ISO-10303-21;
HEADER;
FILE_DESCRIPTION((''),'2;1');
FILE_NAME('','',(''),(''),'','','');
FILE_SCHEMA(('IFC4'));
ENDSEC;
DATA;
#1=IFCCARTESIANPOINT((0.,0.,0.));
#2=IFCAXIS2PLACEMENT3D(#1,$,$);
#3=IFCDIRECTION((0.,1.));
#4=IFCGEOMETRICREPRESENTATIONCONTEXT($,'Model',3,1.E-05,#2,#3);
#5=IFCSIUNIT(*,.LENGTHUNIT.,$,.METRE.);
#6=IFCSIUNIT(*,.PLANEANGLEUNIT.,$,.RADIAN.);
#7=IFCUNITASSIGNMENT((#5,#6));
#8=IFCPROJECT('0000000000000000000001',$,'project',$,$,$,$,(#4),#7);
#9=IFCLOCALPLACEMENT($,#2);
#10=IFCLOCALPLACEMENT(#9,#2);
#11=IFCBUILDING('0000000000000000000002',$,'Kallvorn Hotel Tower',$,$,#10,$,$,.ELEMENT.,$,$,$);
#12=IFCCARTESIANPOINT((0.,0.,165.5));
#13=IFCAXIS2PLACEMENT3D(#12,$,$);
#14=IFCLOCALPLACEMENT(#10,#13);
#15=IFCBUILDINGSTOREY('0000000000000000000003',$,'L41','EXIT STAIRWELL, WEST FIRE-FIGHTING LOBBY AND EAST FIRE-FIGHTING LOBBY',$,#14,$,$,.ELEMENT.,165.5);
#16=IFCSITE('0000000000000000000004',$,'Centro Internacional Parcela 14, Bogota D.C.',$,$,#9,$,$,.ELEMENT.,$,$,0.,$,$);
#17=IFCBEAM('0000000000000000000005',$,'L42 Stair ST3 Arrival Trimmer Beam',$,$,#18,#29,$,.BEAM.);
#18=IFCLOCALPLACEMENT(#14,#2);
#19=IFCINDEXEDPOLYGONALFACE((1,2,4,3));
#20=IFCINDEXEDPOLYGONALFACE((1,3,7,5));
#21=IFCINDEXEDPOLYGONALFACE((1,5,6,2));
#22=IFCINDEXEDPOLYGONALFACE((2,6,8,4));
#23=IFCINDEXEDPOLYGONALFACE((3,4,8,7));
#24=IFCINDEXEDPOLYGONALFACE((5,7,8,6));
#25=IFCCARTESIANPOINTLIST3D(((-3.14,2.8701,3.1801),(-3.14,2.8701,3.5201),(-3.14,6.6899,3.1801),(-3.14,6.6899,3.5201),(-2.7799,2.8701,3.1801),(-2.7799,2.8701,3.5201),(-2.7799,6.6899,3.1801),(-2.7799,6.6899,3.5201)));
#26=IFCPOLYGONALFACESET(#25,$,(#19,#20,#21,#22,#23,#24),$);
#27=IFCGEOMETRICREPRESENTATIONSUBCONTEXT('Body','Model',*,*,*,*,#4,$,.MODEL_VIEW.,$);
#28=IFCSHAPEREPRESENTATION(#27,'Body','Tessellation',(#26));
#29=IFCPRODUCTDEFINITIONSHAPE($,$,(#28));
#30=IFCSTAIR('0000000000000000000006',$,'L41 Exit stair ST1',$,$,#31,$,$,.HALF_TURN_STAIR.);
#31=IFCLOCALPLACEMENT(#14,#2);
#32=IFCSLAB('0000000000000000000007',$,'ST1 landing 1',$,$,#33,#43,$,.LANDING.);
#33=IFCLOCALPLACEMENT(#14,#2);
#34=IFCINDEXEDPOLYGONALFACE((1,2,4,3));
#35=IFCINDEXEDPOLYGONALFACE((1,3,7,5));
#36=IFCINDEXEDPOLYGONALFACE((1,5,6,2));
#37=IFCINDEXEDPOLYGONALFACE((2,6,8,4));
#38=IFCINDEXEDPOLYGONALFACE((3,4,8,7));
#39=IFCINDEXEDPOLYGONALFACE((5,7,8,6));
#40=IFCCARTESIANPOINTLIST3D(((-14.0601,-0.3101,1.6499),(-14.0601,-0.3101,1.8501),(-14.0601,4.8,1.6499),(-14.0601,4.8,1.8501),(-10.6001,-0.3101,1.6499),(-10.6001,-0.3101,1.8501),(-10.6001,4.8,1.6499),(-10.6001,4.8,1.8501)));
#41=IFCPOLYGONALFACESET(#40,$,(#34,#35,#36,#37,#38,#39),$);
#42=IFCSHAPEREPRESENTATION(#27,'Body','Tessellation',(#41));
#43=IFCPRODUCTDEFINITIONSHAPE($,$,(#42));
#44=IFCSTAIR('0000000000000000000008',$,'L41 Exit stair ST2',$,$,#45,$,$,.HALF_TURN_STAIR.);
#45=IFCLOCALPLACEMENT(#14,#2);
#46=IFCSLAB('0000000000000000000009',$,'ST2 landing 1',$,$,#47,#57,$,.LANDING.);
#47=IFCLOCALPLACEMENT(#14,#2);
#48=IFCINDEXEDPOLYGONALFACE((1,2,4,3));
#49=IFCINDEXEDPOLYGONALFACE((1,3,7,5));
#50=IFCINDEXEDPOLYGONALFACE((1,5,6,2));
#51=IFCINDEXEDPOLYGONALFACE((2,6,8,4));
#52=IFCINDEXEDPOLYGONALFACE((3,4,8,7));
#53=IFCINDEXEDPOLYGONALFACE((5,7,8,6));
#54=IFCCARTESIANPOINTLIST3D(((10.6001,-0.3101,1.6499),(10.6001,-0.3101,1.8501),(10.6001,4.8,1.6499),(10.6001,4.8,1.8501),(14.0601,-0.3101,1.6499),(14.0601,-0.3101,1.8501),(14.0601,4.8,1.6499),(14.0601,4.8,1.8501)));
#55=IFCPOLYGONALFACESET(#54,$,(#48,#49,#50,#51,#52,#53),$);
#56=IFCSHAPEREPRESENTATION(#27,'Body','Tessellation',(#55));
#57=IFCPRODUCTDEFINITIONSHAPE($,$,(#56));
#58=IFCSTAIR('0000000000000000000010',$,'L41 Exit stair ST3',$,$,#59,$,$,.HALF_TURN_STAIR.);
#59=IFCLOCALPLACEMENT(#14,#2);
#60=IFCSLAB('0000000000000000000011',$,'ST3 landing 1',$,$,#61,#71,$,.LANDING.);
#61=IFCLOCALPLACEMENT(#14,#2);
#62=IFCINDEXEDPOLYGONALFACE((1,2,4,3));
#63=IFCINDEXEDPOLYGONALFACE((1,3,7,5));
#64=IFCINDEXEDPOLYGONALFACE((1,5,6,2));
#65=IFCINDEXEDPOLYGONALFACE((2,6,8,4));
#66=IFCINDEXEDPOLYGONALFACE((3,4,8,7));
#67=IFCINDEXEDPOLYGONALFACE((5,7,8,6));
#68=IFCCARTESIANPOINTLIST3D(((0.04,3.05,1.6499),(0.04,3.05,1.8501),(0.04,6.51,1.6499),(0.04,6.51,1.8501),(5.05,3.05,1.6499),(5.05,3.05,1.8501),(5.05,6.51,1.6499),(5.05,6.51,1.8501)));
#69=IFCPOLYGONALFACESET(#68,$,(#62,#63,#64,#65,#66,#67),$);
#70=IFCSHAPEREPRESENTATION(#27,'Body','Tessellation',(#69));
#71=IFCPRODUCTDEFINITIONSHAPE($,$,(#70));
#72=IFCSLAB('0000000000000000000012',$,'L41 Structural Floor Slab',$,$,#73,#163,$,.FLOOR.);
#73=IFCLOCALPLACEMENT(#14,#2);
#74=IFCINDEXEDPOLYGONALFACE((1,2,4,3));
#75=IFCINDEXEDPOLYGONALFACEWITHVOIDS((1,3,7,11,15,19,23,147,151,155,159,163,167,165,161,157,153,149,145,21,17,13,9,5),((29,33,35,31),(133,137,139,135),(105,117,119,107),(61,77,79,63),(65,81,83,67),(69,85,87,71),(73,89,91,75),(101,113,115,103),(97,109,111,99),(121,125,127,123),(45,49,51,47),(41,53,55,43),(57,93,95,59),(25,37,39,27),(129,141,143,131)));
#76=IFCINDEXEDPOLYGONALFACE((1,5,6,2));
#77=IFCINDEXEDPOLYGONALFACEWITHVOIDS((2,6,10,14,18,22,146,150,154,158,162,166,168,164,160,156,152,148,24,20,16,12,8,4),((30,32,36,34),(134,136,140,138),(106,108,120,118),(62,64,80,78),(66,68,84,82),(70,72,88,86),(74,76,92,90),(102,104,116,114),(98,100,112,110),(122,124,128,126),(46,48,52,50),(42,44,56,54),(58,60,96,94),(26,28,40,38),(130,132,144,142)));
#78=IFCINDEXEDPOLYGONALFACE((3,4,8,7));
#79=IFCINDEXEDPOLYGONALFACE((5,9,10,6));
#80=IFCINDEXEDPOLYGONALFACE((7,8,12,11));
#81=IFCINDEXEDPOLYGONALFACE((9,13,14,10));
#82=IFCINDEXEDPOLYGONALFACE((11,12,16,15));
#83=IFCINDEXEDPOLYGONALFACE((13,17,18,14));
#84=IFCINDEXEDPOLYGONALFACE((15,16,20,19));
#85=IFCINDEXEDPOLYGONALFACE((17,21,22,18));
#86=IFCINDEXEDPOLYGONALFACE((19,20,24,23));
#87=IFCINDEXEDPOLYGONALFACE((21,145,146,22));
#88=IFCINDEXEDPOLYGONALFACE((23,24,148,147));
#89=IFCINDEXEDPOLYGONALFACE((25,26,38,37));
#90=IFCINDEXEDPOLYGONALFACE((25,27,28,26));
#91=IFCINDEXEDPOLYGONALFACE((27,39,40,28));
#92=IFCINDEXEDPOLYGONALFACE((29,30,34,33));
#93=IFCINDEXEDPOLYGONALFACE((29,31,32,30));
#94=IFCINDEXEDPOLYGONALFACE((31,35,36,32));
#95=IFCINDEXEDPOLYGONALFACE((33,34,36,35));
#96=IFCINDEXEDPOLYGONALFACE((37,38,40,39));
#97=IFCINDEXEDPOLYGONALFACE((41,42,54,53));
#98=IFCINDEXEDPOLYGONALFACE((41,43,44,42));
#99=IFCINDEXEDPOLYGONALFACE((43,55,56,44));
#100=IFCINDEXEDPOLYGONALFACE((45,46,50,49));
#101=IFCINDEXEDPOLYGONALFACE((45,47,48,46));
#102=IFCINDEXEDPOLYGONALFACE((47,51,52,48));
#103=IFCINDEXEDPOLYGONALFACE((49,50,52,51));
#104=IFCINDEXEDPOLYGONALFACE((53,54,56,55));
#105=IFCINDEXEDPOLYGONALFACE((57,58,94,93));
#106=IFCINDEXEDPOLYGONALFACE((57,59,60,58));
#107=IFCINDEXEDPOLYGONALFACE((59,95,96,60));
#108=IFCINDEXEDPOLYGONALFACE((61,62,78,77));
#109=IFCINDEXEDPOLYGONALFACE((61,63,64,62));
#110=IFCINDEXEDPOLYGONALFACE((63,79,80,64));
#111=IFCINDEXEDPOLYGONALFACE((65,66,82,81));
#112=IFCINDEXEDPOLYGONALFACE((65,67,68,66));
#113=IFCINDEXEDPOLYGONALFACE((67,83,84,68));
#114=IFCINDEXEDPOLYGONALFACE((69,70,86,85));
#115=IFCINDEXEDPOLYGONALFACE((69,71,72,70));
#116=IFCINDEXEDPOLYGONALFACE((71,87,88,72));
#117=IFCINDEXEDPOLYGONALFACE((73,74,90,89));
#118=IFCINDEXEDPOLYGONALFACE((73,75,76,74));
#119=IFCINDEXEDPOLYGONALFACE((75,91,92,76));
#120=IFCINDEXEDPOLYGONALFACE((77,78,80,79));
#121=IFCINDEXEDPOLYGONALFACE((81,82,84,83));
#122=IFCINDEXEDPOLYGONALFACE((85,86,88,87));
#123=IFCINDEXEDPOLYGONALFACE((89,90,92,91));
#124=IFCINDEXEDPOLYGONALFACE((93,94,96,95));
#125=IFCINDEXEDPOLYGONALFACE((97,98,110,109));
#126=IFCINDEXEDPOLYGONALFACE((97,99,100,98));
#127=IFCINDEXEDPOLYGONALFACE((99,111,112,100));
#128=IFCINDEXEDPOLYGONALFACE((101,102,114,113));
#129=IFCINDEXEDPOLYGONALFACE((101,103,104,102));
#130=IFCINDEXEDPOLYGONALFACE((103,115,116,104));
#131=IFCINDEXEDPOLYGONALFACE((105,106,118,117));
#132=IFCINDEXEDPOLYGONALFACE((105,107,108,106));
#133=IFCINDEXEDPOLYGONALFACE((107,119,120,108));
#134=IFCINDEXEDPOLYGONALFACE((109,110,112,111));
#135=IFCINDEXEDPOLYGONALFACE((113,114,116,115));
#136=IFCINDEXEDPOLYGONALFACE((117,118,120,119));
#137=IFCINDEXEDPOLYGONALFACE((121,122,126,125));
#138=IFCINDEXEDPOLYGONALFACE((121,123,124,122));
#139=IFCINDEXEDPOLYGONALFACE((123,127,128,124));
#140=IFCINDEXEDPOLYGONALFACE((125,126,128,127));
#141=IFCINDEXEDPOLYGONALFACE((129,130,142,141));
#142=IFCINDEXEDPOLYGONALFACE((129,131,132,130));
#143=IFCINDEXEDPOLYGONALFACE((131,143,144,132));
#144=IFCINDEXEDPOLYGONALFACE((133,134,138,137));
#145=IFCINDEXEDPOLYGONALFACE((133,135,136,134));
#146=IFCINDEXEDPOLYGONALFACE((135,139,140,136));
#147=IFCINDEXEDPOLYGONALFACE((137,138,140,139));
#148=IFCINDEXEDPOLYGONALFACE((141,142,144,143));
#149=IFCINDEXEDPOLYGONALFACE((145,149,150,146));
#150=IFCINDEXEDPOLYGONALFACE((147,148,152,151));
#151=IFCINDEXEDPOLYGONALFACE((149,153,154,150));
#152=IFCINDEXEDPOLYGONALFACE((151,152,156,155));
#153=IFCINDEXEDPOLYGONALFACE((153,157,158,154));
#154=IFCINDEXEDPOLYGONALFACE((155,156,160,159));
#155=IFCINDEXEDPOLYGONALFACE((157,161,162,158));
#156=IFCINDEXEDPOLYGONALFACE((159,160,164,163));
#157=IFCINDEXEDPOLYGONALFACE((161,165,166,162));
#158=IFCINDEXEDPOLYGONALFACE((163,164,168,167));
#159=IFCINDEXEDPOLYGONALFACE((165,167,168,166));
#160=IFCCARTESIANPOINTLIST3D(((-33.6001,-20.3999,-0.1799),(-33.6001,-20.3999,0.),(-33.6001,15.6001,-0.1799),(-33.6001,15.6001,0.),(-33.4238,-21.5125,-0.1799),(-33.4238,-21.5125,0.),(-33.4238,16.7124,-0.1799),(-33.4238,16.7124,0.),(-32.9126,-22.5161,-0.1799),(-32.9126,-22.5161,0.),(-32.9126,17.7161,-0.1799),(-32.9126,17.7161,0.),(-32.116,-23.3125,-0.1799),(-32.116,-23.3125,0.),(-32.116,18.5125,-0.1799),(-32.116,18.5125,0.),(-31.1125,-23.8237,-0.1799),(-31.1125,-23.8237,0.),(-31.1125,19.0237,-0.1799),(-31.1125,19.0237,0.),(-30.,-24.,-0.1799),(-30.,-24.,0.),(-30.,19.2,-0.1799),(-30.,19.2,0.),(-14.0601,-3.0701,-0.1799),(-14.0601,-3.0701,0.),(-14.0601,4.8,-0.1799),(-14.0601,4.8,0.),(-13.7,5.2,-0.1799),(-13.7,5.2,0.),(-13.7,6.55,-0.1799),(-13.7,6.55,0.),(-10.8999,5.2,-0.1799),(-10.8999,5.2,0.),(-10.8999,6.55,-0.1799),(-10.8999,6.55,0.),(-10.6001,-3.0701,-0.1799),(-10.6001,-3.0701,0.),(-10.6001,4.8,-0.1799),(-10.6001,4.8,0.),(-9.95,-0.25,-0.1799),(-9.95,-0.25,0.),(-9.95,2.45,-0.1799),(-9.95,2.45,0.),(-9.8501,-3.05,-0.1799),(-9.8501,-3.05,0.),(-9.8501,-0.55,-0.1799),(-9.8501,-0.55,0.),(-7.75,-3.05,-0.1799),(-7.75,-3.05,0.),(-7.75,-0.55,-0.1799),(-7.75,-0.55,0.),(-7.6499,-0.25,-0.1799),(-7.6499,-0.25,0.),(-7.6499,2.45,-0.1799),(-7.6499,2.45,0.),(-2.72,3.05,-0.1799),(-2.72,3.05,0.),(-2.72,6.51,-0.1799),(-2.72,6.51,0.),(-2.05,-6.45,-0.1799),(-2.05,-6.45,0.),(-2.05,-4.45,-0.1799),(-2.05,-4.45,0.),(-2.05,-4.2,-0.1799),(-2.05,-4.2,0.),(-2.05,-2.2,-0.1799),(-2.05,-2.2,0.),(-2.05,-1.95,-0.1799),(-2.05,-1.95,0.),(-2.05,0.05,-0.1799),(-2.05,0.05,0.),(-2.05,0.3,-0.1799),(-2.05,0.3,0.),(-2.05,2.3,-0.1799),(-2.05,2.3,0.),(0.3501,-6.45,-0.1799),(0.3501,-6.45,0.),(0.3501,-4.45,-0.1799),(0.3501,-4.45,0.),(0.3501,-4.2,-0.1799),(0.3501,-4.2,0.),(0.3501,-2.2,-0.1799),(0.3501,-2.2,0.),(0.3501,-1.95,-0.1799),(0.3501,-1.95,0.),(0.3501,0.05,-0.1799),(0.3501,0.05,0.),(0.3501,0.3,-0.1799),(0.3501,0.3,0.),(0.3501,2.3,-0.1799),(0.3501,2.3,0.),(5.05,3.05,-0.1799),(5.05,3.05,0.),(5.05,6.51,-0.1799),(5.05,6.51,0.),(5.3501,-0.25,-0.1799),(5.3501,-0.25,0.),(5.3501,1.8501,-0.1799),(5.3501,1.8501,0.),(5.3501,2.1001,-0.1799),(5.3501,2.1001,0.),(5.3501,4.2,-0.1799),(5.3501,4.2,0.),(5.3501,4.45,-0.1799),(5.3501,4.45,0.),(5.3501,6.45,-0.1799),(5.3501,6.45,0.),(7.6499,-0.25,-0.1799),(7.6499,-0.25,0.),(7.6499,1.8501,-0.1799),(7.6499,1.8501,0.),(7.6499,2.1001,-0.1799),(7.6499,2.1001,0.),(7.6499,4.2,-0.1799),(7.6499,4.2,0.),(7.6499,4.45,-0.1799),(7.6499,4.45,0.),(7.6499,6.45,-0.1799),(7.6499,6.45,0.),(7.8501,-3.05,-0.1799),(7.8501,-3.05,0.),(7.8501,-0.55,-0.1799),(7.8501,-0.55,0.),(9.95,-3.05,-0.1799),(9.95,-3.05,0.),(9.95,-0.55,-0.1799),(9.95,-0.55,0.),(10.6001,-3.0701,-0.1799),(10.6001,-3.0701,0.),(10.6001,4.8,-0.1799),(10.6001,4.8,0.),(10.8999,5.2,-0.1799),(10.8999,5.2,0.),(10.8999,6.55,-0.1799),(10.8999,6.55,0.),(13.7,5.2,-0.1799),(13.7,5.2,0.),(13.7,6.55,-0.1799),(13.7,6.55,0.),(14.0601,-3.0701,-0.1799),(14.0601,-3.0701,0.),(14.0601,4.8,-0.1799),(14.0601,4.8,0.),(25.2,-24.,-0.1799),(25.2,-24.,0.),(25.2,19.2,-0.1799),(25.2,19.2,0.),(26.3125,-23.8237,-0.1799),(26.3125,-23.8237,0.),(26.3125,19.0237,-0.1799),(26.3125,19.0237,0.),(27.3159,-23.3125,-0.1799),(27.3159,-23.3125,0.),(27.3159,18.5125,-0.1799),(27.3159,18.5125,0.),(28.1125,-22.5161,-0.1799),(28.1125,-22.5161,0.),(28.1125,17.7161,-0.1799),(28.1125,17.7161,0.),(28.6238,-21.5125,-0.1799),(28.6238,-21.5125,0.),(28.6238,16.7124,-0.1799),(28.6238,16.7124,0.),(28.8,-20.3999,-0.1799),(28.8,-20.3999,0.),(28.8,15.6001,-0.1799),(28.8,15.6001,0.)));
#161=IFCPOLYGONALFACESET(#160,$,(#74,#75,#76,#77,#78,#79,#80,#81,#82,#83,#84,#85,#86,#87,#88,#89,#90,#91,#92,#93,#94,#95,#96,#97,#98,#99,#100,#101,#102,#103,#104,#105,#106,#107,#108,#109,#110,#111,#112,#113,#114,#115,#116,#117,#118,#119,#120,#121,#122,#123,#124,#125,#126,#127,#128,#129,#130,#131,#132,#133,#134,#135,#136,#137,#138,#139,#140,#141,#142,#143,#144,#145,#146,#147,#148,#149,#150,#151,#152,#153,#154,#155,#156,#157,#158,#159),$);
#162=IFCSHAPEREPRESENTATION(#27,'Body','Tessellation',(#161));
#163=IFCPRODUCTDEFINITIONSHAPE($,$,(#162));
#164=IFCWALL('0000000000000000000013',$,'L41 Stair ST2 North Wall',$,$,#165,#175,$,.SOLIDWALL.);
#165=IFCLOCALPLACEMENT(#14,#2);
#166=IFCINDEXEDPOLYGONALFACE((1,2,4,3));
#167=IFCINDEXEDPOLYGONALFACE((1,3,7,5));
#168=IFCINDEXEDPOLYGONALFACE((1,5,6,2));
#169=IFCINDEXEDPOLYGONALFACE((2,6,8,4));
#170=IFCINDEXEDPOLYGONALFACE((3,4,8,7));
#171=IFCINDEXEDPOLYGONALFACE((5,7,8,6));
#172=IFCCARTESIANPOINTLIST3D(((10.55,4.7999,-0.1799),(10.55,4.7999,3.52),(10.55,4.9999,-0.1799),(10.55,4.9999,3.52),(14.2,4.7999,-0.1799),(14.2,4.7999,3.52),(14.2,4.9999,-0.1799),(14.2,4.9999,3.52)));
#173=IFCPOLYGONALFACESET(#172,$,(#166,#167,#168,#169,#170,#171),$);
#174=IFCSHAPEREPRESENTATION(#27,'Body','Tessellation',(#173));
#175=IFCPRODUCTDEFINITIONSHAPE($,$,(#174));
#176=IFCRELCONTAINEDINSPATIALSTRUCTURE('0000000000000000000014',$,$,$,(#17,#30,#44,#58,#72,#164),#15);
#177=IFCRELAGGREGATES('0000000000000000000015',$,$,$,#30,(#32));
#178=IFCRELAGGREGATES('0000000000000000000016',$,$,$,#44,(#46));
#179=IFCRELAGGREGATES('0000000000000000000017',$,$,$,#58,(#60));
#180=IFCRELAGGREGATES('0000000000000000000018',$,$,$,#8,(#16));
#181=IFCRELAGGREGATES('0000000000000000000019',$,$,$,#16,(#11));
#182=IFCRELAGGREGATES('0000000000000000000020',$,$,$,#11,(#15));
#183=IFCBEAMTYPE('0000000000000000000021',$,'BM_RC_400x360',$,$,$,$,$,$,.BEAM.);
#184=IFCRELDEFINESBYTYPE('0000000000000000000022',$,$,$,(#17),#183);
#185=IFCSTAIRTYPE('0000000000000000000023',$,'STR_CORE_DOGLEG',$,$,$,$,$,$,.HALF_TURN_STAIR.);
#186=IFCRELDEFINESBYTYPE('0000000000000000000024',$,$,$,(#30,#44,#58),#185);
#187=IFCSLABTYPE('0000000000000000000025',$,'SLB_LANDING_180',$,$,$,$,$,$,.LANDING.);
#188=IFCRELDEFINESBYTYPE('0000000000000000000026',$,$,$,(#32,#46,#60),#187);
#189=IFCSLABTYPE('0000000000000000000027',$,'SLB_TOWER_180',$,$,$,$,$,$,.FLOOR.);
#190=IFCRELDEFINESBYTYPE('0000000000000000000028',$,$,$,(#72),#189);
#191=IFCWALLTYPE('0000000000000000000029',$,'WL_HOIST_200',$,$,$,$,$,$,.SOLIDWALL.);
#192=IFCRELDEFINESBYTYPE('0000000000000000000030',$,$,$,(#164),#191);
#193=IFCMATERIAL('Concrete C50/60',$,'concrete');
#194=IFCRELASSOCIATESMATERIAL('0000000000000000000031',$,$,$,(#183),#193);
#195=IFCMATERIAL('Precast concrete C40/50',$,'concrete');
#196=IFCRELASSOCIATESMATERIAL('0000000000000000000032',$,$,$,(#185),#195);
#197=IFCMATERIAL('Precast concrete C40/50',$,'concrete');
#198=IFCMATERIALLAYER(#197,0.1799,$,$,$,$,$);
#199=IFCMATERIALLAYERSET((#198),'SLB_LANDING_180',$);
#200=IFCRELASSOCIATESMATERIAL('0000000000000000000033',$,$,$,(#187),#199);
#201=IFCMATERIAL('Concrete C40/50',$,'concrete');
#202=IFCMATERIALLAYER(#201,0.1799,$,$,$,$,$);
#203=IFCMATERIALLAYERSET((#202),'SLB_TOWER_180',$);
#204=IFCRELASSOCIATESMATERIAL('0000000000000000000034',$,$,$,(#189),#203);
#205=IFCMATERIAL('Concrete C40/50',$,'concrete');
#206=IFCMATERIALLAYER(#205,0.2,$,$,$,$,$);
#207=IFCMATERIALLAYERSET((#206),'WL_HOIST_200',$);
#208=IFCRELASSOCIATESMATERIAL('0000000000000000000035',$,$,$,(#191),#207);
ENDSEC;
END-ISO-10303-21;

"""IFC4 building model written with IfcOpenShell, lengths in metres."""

from ifc_helpers import new_model, si_unit, direction, frame, frame_2d, origin, origin_2d, place, context, subcontext, project, spatial, polyline, rectangle, outline, extrude, material, layer, layer_set, material_profile, profile_set, type_object, element, aggregate, save


model = new_model("IFC4")

# Units and contexts
model_context = context("Model", 3, precision=1e-05, world=origin(), true_north=direction((0.0, 1.0)))
body_context = subcontext(model_context, "Body", "Model", "MODEL_VIEW")
ifc_project = project(units=[si_unit("LENGTHUNIT", "METRE"), si_unit("PLANEANGLEUNIT", "RADIAN")], contexts=[model_context])

# Site, building, storey
site_placement = place(None, origin())
site = spatial("IfcSite", under=ifc_project, at=site_placement, Name="Centro Internacional Parcela 14, Bogota D.C.", CompositionType="ELEMENT", RefElevation=0.0)
building_placement = place(site_placement, origin())
building = spatial("IfcBuilding", under=site, at=building_placement, Name="Kallvorn Hotel Tower", CompositionType="ELEMENT")
storey_placement = place(building_placement, frame((0.0, 0.0, 165.5)))
storey = spatial("IfcBuildingStorey", under=building, at=storey_placement, Name="L41", Description="EXIT STAIRWELL, WEST FIRE-FIGHTING LOBBY AND EAST FIRE-FIGHTING LOBBY", CompositionType="ELEMENT", Elevation=165.5)

# Beam
ifc_material_1 = material(Name="Concrete C50/60", Category="concrete")
ifc_material_profile = material_profile(ifc_material_1, rectangle(XDim=0.3601, YDim=0.3401, at=origin_2d()), Name="RC 360x340")
ifc_profile_set = profile_set([ifc_material_profile], Name="Concrete C50/60")
beam_type = type_object("IfcBeamType", Name="BM_RC_400x360", PredefinedType="BEAM", material=ifc_profile_set)
beam_placement = place(storey_placement, frame((-2.96, 2.8701, 3.3501), z_axis=(0.0, 1.0, 0.0), x_axis=(-1.0, 0.0, 0.0)))
element("IfcBeam", 1, at=beam_placement, inside=storey, type_object=beam_type, Name="L42 Stair ST3 Arrival Trimmer Beam", PredefinedType="BEAM", context=body_context, shape_type="SweptSolid", body=[
    extrude(rectangle(XDim=0.3601, YDim=0.3401, at=origin_2d()), origin(), (0.0, 0.0, 1.0), 3.8198),
])

# Stairs, slabs
ifc_material_2 = material(Name="Precast concrete C40/50", Category="concrete")
stair_type = type_object("IfcStairType", Name="STR_CORE_DOGLEG", PredefinedType="HALF_TURN_STAIR", material=ifc_material_2)
stair_1_placement = place(storey_placement, origin())
stair_1 = element("IfcStair", 2, at=stair_1_placement, inside=storey, type_object=stair_type, Name="L41 Exit stair ST1", PredefinedType="HALF_TURN_STAIR")
ifc_material_3 = material(Name="Precast concrete C40/50", Category="concrete")
ifc_layer_1 = layer(ifc_material_3, 0.1799)
ifc_layer_set_1 = layer_set([ifc_layer_1], Name="SLB_LANDING_180")
slab_type_1 = type_object("IfcSlabType", Name="SLB_LANDING_180", PredefinedType="LANDING", material=ifc_layer_set_1)
slab_1_placement = place(storey_placement, frame((0.0, 0.0, 1.6499)))
slab_1 = element("IfcSlab", 3, at=slab_1_placement, type_object=slab_type_1, Name="ST1 landing 1", PredefinedType="LANDING", context=body_context, shape_type="SweptSolid", body=[
    extrude(outline(polyline([(-10.6001, -0.3101), (-10.6001, 4.8), (-14.0601, 4.8), (-14.0601, -0.3101), (-10.6001, -0.3101)])), origin(), (0.0, 0.0, 1.0), 0.2002),
])
aggregate(stair_1, [slab_1])
stair_2_placement = place(storey_placement, origin())
stair_2 = element("IfcStair", 4, at=stair_2_placement, inside=storey, type_object=stair_type, Name="L41 Exit stair ST2", PredefinedType="HALF_TURN_STAIR")
slab_2_placement = place(storey_placement, frame((0.0, 0.0, 1.6499)))
slab_2 = element("IfcSlab", 5, at=slab_2_placement, type_object=slab_type_1, Name="ST2 landing 1", PredefinedType="LANDING", context=body_context, shape_type="SweptSolid", body=[
    extrude(outline(polyline([(14.0601, -0.3101), (14.0601, 4.8), (10.6001, 4.8), (10.6001, -0.3101), (14.0601, -0.3101)])), origin(), (0.0, 0.0, 1.0), 0.2002),
])
stair_3_placement = place(storey_placement, origin())
stair_3 = element("IfcStair", 6, at=stair_3_placement, inside=storey, type_object=stair_type, Name="L41 Exit stair ST3", PredefinedType="HALF_TURN_STAIR")
slab_3_placement = place(storey_placement, frame((0.0, 0.0, 1.6499)))
slab_3 = element("IfcSlab", 7, at=slab_3_placement, type_object=slab_type_1, Name="ST3 landing 1", PredefinedType="LANDING", context=body_context, shape_type="SweptSolid", body=[
    extrude(outline(polyline([(0.04, 3.05), (5.05, 3.05), (5.05, 6.51), (0.04, 6.51), (0.04, 3.05)])), origin(), (0.0, 0.0, 1.0), 0.2002),
])

# Slab
ifc_material_4 = material(Name="Concrete C40/50", Category="concrete")
ifc_layer_2 = layer(ifc_material_4, 0.1799)
ifc_layer_set_2 = layer_set([ifc_layer_2], Name="SLB_TOWER_180")
slab_type_2 = type_object("IfcSlabType", Name="SLB_TOWER_180", PredefinedType="FLOOR", material=ifc_layer_set_2)
slab_4_placement = place(storey_placement, frame((0.0, 0.0, -0.1799)))
element("IfcSlab", 8, at=slab_4_placement, inside=storey, type_object=slab_type_2, Name="L41 Structural Floor Slab", PredefinedType="FLOOR", context=body_context, shape_type="SweptSolid", body=[
    extrude(outline(polyline([(25.2, -24.0), (26.3125, -23.8237), (27.3159, -23.3125), (28.1125, -22.5161), (28.6238, -21.5125), (28.8, -20.3999), (28.8, 15.6001), (28.6238, 16.7124), (28.1125, 17.7161), (27.3159, 18.5125), (26.3125, 19.0237), (25.2, 19.2), (-30.0, 19.2), (-31.1125, 19.0237), (-32.116, 18.5125), (-32.9126, 17.7161), (-33.4238, 16.7124), (-33.6001, 15.6001), (-33.6001, -20.3999), (-33.4238, -21.5125), (-32.9126, -22.5161), (-32.116, -23.3125), (-31.1125, -23.8237), (-30.0, -24.0), (25.2, -24.0)]), holes=[polyline([(-10.6001, -3.0701), (-10.6001, 4.8), (-14.0601, 4.8), (-14.0601, -3.0701), (-10.6001, -3.0701)]), polyline([(14.0601, -3.0701), (14.0601, 4.8), (10.6001, 4.8), (10.6001, -3.0701), (14.0601, -3.0701)]), polyline([(-2.72, 3.05), (5.05, 3.05), (5.05, 6.51), (-2.72, 6.51), (-2.72, 3.05)]), polyline([(-2.05, -6.45), (0.3501, -6.45), (0.3501, -4.45), (-2.05, -4.45), (-2.05, -6.45)]), polyline([(-2.05, -4.2), (0.3501, -4.2), (0.3501, -2.2), (-2.05, -2.2), (-2.05, -4.2)]), polyline([(-2.05, -1.95), (0.3501, -1.95), (0.3501, 0.05), (-2.05, 0.05), (-2.05, -1.95)]), polyline([(-2.05, 0.3), (0.3501, 0.3), (0.3501, 2.3), (-2.05, 2.3), (-2.05, 0.3)]), polyline([(5.3501, -0.25), (7.6499, -0.25), (7.6499, 1.8501), (5.3501, 1.8501), (5.3501, -0.25)]), polyline([(5.3501, 2.1001), (7.6499, 2.1001), (7.6499, 4.2), (5.3501, 4.2), (5.3501, 2.1001)]), polyline([(5.3501, 4.45), (7.6499, 4.45), (7.6499, 6.45), (5.3501, 6.45), (5.3501, 4.45)]), polyline([(-9.8501, -3.05), (-7.75, -3.05), (-7.75, -0.55), (-9.8501, -0.55), (-9.8501, -3.05)]), polyline([(7.8501, -3.05), (9.95, -3.05), (9.95, -0.55), (7.8501, -0.55), (7.8501, -3.05)]), polyline([(-9.95, -0.25), (-7.6499, -0.25), (-7.6499, 2.45), (-9.95, 2.45), (-9.95, -0.25)]), polyline([(-13.7, 5.2), (-10.8999, 5.2), (-10.8999, 6.55), (-13.7, 6.55), (-13.7, 5.2)]), polyline([(10.8999, 5.2), (13.7, 5.2), (13.7, 6.55), (10.8999, 6.55), (10.8999, 5.2)])]), origin(), (0.0, 0.0, 1.0), 0.1799),
])

# Wall
ifc_material_5 = material(Name="Concrete C40/50", Category="concrete")
ifc_layer_3 = layer(ifc_material_5, 0.2)
ifc_layer_set_3 = layer_set([ifc_layer_3], Name="WL_HOIST_200")
wall_type_1 = type_object("IfcWallType", Name="WL_HOIST_200", PredefinedType="SOLIDWALL", material=ifc_layer_set_3)
wall_1_placement = place(storey_placement, frame((10.55, 4.8999, -0.1799), z_axis=(0.0, 0.0, 1.0), x_axis=(1.0, 0.0, 0.0)))
element("IfcWall", 9, at=wall_1_placement, inside=storey, type_object=wall_type_1, Name="L41 Stair ST2 North Wall", PredefinedType="SOLIDWALL", context=body_context, shape_type="SweptSolid", body=[
    extrude(rectangle(XDim=3.6499, YDim=0.2, at=frame_2d((1.825, 0.0))), origin(), (0.0, 0.0, 1.0), 3.7),
])

aggregate(stair_2, [slab_2])
aggregate(stair_3, [slab_3])

save(model, "model.ifc")
